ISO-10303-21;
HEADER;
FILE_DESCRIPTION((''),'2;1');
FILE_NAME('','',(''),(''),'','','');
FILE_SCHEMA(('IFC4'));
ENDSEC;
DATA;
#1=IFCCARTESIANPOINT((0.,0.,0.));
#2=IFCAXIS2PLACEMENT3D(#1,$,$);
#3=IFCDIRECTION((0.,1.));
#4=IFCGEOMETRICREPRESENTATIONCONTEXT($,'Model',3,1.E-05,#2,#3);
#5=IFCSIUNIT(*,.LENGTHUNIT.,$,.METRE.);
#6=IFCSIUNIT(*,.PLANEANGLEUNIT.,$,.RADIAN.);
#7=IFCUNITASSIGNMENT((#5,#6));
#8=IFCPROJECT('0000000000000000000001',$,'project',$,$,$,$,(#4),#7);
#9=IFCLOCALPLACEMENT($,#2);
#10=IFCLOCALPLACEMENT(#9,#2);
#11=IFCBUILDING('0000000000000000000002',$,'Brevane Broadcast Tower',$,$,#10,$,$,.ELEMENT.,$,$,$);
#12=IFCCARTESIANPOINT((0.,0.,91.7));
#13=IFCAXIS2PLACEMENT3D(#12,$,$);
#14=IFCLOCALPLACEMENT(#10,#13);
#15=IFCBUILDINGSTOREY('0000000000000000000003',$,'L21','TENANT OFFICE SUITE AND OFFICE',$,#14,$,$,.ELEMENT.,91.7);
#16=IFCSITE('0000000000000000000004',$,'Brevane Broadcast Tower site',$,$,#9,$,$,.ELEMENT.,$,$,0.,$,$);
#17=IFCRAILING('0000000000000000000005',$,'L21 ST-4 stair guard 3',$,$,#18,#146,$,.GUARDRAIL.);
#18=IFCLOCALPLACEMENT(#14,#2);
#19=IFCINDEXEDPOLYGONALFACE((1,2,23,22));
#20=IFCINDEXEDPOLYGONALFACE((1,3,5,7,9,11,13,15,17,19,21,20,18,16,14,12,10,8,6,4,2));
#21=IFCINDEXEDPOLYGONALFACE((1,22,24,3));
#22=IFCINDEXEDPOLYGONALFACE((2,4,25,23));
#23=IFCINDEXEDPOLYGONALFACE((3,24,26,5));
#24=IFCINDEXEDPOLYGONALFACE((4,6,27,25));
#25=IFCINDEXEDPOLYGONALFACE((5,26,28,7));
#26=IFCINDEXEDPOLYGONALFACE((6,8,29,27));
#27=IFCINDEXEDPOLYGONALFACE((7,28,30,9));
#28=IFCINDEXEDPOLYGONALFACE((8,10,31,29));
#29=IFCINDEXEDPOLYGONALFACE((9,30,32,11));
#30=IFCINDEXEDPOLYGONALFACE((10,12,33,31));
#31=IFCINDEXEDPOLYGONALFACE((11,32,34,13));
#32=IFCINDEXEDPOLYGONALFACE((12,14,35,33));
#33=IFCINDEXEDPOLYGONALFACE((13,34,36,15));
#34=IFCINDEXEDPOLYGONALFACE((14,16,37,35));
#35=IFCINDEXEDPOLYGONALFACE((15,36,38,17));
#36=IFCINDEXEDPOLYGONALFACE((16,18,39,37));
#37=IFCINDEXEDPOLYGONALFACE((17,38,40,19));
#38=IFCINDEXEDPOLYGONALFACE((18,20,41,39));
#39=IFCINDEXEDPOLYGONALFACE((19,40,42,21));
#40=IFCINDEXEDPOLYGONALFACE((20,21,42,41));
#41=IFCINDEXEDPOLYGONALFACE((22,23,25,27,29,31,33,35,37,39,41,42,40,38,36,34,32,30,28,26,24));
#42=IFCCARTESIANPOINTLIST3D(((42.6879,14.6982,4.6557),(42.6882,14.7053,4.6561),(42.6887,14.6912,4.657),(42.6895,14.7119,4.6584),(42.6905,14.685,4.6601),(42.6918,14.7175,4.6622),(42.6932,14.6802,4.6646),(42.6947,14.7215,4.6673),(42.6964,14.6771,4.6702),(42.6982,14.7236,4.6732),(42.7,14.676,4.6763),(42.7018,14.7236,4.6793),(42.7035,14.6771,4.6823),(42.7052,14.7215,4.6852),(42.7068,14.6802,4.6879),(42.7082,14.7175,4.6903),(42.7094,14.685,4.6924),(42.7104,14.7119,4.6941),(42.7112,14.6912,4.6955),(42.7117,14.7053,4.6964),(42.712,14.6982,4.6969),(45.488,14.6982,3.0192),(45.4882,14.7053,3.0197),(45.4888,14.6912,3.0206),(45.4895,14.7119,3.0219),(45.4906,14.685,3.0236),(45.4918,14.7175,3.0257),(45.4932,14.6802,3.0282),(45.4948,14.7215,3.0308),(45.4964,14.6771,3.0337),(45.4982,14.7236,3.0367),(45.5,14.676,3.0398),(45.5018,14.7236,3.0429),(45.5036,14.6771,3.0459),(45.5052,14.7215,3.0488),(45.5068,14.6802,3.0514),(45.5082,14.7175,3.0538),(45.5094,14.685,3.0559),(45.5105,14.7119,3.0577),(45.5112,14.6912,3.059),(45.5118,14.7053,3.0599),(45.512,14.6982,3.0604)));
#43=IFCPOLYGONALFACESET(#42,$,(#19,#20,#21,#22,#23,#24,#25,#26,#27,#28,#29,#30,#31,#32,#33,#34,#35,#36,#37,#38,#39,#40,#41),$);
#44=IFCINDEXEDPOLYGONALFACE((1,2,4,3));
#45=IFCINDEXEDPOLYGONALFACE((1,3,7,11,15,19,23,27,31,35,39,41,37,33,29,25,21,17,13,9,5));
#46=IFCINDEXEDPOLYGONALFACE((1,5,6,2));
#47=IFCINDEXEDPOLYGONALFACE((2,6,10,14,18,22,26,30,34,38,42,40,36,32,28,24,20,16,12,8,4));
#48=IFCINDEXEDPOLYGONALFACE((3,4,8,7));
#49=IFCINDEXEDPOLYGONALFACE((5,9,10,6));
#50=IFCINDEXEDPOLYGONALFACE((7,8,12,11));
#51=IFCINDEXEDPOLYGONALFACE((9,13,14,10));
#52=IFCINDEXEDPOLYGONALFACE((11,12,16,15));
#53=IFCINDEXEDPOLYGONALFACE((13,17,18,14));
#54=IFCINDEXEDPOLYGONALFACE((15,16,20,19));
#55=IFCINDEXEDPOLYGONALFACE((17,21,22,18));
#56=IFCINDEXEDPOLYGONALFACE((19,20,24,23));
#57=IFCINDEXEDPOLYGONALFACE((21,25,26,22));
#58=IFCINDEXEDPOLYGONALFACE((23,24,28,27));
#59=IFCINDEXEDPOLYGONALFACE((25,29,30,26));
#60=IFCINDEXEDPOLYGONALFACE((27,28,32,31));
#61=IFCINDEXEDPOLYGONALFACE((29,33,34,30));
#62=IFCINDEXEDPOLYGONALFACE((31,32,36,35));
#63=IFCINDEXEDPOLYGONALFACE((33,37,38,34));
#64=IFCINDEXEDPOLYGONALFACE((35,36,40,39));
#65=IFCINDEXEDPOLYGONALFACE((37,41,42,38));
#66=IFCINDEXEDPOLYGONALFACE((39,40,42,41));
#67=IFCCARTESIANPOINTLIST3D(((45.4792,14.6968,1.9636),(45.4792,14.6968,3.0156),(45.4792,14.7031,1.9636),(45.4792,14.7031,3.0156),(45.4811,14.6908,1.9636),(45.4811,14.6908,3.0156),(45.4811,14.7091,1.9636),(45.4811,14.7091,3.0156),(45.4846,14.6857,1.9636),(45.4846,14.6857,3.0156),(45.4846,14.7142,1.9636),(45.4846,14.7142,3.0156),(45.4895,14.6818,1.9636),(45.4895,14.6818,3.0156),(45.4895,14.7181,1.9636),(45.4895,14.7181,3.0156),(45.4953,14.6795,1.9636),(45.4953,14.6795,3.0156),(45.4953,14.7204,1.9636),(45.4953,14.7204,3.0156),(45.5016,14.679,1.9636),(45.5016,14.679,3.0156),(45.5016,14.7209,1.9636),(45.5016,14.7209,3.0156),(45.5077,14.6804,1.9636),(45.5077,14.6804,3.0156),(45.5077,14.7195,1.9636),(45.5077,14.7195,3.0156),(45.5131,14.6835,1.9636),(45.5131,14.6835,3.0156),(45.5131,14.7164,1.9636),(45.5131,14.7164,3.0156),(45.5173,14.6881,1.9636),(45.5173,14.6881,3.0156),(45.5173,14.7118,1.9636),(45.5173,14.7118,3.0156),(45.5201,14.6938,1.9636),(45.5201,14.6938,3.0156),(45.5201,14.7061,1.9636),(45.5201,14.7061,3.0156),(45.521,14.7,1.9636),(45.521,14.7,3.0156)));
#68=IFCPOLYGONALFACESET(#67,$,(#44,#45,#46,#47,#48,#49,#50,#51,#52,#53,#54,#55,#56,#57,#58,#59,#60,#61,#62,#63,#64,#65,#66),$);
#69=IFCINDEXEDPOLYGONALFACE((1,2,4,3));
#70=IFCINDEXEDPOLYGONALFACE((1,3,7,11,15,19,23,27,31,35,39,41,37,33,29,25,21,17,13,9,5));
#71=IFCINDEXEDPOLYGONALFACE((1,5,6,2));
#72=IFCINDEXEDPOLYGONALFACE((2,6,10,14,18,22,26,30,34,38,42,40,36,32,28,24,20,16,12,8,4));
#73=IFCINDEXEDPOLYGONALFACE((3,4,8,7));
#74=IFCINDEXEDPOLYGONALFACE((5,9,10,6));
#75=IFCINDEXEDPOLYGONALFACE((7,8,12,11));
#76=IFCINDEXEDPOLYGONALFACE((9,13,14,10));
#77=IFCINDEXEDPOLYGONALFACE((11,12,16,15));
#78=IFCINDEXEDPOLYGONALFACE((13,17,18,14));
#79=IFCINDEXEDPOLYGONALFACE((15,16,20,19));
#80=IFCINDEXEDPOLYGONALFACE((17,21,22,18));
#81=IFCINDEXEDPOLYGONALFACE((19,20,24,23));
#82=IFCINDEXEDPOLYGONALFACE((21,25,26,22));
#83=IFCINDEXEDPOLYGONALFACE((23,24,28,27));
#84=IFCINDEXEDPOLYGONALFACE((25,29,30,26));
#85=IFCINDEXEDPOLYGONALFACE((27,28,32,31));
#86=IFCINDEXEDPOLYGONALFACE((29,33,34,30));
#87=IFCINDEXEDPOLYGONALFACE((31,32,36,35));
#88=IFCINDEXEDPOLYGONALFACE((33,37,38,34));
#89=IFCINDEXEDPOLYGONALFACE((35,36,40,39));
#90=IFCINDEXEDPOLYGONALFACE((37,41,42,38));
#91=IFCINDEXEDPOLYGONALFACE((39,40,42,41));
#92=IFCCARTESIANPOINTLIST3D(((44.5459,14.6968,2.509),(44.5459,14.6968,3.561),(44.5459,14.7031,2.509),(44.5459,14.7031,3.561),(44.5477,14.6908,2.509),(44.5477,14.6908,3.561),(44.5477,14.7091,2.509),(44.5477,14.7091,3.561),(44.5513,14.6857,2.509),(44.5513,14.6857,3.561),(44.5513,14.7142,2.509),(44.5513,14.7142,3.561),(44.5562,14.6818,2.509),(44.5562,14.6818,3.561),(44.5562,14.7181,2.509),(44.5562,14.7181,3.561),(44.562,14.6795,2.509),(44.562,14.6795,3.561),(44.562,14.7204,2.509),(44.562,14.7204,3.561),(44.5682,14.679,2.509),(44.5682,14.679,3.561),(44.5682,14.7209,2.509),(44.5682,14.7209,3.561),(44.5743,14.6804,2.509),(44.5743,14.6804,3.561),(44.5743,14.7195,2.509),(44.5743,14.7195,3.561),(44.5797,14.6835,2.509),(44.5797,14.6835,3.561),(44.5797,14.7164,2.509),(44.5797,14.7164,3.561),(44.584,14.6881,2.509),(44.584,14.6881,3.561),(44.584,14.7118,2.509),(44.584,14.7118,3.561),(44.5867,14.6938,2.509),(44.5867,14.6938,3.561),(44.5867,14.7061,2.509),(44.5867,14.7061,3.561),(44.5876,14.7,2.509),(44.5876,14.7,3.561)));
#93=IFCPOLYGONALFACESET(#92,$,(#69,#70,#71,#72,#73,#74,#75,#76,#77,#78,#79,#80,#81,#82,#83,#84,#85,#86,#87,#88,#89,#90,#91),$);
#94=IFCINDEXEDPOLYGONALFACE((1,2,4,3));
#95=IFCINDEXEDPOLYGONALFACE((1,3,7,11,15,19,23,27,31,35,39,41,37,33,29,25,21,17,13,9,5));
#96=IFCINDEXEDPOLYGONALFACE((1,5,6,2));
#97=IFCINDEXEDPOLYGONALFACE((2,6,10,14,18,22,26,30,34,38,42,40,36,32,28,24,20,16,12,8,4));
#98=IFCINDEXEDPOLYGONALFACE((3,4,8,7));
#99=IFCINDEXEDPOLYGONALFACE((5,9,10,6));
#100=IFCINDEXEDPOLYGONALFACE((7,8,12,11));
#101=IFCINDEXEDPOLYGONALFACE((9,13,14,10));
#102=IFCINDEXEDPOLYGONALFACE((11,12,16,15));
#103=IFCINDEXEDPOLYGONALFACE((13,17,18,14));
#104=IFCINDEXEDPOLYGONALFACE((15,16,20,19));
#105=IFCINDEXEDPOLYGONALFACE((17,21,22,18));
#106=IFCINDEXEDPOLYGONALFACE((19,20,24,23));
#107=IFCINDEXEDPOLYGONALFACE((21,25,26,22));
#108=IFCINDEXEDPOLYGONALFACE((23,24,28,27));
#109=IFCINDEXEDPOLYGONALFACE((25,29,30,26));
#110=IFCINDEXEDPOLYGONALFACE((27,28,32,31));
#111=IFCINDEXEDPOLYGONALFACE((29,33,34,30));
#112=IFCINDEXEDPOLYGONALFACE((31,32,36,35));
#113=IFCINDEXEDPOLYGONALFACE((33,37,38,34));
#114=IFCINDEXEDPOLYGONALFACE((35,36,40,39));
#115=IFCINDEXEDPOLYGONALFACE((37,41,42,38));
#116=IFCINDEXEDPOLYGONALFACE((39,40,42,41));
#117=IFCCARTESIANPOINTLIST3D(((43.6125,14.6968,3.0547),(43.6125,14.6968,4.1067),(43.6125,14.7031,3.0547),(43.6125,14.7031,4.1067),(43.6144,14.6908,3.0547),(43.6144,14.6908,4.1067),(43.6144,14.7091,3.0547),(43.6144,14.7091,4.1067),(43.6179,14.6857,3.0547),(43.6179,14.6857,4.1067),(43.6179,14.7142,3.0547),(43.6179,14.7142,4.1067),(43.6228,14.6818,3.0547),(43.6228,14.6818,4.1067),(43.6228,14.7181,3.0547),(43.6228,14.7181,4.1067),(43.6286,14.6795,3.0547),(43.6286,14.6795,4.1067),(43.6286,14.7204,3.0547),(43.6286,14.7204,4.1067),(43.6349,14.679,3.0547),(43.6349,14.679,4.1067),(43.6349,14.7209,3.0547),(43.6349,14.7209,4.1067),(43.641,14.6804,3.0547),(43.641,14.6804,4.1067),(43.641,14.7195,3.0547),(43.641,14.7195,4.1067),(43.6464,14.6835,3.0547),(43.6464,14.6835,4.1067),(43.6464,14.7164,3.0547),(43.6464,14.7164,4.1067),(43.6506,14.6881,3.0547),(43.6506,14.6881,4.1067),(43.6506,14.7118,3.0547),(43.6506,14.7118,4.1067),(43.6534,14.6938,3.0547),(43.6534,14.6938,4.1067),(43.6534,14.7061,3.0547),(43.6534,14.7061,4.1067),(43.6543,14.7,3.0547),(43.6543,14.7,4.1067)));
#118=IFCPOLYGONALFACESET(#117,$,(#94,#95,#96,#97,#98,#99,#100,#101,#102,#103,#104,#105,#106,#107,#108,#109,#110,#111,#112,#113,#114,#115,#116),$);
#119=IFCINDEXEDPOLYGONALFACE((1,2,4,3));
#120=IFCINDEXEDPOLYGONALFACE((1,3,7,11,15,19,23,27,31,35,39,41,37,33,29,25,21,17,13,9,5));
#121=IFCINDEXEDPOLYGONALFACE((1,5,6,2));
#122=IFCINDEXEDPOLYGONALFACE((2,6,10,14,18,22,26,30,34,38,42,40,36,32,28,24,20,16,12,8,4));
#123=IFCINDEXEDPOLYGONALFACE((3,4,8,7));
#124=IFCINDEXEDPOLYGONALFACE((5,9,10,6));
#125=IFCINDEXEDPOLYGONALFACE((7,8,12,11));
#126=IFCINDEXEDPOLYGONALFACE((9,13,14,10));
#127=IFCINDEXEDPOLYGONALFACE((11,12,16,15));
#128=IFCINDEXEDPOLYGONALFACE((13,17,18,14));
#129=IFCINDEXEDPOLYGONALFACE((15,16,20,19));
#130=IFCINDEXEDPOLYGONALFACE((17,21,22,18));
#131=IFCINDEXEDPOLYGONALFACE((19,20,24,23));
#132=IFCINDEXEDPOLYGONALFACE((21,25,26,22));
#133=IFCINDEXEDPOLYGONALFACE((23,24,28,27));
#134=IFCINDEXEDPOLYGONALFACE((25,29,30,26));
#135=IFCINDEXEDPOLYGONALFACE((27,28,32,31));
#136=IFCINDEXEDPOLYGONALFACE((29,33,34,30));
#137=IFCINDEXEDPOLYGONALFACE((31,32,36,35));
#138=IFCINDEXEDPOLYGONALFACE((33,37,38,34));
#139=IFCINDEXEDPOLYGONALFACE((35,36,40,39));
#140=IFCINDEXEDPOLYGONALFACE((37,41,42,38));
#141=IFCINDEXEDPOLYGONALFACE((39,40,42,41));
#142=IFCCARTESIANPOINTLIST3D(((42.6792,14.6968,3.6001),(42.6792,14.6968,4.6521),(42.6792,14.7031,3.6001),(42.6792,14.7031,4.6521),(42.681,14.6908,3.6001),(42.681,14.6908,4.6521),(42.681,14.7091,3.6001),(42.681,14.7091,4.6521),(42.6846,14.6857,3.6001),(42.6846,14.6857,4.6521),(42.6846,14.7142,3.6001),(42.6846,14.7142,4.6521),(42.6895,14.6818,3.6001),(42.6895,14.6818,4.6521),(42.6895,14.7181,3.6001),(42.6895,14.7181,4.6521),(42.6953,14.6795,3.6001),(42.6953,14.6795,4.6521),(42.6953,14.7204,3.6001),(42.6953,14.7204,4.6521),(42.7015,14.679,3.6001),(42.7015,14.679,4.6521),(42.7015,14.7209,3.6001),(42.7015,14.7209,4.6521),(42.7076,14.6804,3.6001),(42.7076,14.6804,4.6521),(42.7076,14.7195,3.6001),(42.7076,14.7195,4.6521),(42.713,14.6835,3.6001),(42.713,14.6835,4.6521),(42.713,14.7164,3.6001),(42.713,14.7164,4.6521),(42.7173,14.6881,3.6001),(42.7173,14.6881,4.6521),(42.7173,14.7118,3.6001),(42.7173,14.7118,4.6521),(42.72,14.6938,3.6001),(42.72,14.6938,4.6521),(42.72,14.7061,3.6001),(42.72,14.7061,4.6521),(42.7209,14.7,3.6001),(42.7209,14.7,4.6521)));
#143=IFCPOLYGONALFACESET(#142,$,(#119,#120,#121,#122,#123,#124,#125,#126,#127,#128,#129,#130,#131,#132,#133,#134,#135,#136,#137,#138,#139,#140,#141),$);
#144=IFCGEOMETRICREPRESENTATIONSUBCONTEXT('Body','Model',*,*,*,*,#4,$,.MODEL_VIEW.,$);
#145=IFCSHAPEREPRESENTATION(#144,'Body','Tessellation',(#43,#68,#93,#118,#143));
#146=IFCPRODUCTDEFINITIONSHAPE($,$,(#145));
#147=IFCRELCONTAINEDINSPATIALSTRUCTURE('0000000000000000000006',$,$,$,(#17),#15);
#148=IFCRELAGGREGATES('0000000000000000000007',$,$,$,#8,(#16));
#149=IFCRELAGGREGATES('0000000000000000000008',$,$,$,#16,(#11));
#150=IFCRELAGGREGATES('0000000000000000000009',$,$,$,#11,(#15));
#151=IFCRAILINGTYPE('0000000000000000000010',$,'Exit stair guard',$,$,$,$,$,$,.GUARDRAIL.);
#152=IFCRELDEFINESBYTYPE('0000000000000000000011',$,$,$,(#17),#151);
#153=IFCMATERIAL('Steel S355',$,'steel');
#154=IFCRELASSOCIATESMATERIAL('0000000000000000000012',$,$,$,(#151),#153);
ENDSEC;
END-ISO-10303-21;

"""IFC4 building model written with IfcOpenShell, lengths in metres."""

from ifc_helpers import new_model, si_unit, direction, frame, origin, origin_2d, place, context, subcontext, project, spatial, circle, extrude, material, type_object, element, save


model = new_model("IFC4")

# Units and contexts
model_context = context("Model", 3, precision=1e-05, world=origin(), true_north=direction((0.0, 1.0)))
body_context = subcontext(model_context, "Body", "Model", "MODEL_VIEW")
ifc_project = project(units=[si_unit("LENGTHUNIT", "METRE"), si_unit("PLANEANGLEUNIT", "RADIAN")], contexts=[model_context])

# Site, building, storey
site_placement = place(None, origin())
site = spatial("IfcSite", under=ifc_project, at=site_placement, Name="Brevane Broadcast Tower site", CompositionType="ELEMENT", RefElevation=0.0)
building_placement = place(site_placement, origin())
building = spatial("IfcBuilding", under=site, at=building_placement, Name="Brevane Broadcast Tower", CompositionType="ELEMENT")
storey_placement = place(building_placement, frame((0.0, 0.0, 91.7)))
storey = spatial("IfcBuildingStorey", under=building, at=storey_placement, Name="L21", Description="TENANT OFFICE SUITE AND OFFICE", CompositionType="ELEMENT", Elevation=91.7)

# Railing
ifc_material_1 = material(Name="Steel S355", Category="steel")
railing_type_1 = type_object("IfcRailingType", Name="Exit stair guard", PredefinedType="GUARDRAIL", material=ifc_material_1)
railing_1_placement = place(storey_placement, frame((45.5, 14.7, 1.9636)))
element("IfcRailing", 1, at=railing_1_placement, inside=storey, type_object=railing_type_1, Name="L21 ST-4 stair guard 3", PredefinedType="GUARDRAIL", context=body_context, shape_type="SweptSolid", body=[
    extrude(circle(Radius=0.0239, at=origin_2d()), frame((0.0, 0.0, 1.0762), z_axis=(-0.863361, 0.0, 0.504587), x_axis=(0.0, -1.0, 0.0)), (0.0, 0.0, 1.0), 3.2432),
    extrude(circle(Radius=0.021, at=origin_2d()), origin(), (0.0, 0.0, 1.0), 1.052),
    extrude(circle(Radius=0.021, at=origin_2d()), frame((-0.9333, 0.0, 0.5454)), (0.0, 0.0, 1.0), 1.052),
    extrude(circle(Radius=0.021, at=origin_2d()), frame((-1.8667, 0.0, 1.0911)), (0.0, 0.0, 1.0), 1.052),
    extrude(circle(Radius=0.021, at=origin_2d()), frame((-2.8, 0.0, 1.6365)), (0.0, 0.0, 1.0), 1.052),
])

save(model, "model.ifc")
